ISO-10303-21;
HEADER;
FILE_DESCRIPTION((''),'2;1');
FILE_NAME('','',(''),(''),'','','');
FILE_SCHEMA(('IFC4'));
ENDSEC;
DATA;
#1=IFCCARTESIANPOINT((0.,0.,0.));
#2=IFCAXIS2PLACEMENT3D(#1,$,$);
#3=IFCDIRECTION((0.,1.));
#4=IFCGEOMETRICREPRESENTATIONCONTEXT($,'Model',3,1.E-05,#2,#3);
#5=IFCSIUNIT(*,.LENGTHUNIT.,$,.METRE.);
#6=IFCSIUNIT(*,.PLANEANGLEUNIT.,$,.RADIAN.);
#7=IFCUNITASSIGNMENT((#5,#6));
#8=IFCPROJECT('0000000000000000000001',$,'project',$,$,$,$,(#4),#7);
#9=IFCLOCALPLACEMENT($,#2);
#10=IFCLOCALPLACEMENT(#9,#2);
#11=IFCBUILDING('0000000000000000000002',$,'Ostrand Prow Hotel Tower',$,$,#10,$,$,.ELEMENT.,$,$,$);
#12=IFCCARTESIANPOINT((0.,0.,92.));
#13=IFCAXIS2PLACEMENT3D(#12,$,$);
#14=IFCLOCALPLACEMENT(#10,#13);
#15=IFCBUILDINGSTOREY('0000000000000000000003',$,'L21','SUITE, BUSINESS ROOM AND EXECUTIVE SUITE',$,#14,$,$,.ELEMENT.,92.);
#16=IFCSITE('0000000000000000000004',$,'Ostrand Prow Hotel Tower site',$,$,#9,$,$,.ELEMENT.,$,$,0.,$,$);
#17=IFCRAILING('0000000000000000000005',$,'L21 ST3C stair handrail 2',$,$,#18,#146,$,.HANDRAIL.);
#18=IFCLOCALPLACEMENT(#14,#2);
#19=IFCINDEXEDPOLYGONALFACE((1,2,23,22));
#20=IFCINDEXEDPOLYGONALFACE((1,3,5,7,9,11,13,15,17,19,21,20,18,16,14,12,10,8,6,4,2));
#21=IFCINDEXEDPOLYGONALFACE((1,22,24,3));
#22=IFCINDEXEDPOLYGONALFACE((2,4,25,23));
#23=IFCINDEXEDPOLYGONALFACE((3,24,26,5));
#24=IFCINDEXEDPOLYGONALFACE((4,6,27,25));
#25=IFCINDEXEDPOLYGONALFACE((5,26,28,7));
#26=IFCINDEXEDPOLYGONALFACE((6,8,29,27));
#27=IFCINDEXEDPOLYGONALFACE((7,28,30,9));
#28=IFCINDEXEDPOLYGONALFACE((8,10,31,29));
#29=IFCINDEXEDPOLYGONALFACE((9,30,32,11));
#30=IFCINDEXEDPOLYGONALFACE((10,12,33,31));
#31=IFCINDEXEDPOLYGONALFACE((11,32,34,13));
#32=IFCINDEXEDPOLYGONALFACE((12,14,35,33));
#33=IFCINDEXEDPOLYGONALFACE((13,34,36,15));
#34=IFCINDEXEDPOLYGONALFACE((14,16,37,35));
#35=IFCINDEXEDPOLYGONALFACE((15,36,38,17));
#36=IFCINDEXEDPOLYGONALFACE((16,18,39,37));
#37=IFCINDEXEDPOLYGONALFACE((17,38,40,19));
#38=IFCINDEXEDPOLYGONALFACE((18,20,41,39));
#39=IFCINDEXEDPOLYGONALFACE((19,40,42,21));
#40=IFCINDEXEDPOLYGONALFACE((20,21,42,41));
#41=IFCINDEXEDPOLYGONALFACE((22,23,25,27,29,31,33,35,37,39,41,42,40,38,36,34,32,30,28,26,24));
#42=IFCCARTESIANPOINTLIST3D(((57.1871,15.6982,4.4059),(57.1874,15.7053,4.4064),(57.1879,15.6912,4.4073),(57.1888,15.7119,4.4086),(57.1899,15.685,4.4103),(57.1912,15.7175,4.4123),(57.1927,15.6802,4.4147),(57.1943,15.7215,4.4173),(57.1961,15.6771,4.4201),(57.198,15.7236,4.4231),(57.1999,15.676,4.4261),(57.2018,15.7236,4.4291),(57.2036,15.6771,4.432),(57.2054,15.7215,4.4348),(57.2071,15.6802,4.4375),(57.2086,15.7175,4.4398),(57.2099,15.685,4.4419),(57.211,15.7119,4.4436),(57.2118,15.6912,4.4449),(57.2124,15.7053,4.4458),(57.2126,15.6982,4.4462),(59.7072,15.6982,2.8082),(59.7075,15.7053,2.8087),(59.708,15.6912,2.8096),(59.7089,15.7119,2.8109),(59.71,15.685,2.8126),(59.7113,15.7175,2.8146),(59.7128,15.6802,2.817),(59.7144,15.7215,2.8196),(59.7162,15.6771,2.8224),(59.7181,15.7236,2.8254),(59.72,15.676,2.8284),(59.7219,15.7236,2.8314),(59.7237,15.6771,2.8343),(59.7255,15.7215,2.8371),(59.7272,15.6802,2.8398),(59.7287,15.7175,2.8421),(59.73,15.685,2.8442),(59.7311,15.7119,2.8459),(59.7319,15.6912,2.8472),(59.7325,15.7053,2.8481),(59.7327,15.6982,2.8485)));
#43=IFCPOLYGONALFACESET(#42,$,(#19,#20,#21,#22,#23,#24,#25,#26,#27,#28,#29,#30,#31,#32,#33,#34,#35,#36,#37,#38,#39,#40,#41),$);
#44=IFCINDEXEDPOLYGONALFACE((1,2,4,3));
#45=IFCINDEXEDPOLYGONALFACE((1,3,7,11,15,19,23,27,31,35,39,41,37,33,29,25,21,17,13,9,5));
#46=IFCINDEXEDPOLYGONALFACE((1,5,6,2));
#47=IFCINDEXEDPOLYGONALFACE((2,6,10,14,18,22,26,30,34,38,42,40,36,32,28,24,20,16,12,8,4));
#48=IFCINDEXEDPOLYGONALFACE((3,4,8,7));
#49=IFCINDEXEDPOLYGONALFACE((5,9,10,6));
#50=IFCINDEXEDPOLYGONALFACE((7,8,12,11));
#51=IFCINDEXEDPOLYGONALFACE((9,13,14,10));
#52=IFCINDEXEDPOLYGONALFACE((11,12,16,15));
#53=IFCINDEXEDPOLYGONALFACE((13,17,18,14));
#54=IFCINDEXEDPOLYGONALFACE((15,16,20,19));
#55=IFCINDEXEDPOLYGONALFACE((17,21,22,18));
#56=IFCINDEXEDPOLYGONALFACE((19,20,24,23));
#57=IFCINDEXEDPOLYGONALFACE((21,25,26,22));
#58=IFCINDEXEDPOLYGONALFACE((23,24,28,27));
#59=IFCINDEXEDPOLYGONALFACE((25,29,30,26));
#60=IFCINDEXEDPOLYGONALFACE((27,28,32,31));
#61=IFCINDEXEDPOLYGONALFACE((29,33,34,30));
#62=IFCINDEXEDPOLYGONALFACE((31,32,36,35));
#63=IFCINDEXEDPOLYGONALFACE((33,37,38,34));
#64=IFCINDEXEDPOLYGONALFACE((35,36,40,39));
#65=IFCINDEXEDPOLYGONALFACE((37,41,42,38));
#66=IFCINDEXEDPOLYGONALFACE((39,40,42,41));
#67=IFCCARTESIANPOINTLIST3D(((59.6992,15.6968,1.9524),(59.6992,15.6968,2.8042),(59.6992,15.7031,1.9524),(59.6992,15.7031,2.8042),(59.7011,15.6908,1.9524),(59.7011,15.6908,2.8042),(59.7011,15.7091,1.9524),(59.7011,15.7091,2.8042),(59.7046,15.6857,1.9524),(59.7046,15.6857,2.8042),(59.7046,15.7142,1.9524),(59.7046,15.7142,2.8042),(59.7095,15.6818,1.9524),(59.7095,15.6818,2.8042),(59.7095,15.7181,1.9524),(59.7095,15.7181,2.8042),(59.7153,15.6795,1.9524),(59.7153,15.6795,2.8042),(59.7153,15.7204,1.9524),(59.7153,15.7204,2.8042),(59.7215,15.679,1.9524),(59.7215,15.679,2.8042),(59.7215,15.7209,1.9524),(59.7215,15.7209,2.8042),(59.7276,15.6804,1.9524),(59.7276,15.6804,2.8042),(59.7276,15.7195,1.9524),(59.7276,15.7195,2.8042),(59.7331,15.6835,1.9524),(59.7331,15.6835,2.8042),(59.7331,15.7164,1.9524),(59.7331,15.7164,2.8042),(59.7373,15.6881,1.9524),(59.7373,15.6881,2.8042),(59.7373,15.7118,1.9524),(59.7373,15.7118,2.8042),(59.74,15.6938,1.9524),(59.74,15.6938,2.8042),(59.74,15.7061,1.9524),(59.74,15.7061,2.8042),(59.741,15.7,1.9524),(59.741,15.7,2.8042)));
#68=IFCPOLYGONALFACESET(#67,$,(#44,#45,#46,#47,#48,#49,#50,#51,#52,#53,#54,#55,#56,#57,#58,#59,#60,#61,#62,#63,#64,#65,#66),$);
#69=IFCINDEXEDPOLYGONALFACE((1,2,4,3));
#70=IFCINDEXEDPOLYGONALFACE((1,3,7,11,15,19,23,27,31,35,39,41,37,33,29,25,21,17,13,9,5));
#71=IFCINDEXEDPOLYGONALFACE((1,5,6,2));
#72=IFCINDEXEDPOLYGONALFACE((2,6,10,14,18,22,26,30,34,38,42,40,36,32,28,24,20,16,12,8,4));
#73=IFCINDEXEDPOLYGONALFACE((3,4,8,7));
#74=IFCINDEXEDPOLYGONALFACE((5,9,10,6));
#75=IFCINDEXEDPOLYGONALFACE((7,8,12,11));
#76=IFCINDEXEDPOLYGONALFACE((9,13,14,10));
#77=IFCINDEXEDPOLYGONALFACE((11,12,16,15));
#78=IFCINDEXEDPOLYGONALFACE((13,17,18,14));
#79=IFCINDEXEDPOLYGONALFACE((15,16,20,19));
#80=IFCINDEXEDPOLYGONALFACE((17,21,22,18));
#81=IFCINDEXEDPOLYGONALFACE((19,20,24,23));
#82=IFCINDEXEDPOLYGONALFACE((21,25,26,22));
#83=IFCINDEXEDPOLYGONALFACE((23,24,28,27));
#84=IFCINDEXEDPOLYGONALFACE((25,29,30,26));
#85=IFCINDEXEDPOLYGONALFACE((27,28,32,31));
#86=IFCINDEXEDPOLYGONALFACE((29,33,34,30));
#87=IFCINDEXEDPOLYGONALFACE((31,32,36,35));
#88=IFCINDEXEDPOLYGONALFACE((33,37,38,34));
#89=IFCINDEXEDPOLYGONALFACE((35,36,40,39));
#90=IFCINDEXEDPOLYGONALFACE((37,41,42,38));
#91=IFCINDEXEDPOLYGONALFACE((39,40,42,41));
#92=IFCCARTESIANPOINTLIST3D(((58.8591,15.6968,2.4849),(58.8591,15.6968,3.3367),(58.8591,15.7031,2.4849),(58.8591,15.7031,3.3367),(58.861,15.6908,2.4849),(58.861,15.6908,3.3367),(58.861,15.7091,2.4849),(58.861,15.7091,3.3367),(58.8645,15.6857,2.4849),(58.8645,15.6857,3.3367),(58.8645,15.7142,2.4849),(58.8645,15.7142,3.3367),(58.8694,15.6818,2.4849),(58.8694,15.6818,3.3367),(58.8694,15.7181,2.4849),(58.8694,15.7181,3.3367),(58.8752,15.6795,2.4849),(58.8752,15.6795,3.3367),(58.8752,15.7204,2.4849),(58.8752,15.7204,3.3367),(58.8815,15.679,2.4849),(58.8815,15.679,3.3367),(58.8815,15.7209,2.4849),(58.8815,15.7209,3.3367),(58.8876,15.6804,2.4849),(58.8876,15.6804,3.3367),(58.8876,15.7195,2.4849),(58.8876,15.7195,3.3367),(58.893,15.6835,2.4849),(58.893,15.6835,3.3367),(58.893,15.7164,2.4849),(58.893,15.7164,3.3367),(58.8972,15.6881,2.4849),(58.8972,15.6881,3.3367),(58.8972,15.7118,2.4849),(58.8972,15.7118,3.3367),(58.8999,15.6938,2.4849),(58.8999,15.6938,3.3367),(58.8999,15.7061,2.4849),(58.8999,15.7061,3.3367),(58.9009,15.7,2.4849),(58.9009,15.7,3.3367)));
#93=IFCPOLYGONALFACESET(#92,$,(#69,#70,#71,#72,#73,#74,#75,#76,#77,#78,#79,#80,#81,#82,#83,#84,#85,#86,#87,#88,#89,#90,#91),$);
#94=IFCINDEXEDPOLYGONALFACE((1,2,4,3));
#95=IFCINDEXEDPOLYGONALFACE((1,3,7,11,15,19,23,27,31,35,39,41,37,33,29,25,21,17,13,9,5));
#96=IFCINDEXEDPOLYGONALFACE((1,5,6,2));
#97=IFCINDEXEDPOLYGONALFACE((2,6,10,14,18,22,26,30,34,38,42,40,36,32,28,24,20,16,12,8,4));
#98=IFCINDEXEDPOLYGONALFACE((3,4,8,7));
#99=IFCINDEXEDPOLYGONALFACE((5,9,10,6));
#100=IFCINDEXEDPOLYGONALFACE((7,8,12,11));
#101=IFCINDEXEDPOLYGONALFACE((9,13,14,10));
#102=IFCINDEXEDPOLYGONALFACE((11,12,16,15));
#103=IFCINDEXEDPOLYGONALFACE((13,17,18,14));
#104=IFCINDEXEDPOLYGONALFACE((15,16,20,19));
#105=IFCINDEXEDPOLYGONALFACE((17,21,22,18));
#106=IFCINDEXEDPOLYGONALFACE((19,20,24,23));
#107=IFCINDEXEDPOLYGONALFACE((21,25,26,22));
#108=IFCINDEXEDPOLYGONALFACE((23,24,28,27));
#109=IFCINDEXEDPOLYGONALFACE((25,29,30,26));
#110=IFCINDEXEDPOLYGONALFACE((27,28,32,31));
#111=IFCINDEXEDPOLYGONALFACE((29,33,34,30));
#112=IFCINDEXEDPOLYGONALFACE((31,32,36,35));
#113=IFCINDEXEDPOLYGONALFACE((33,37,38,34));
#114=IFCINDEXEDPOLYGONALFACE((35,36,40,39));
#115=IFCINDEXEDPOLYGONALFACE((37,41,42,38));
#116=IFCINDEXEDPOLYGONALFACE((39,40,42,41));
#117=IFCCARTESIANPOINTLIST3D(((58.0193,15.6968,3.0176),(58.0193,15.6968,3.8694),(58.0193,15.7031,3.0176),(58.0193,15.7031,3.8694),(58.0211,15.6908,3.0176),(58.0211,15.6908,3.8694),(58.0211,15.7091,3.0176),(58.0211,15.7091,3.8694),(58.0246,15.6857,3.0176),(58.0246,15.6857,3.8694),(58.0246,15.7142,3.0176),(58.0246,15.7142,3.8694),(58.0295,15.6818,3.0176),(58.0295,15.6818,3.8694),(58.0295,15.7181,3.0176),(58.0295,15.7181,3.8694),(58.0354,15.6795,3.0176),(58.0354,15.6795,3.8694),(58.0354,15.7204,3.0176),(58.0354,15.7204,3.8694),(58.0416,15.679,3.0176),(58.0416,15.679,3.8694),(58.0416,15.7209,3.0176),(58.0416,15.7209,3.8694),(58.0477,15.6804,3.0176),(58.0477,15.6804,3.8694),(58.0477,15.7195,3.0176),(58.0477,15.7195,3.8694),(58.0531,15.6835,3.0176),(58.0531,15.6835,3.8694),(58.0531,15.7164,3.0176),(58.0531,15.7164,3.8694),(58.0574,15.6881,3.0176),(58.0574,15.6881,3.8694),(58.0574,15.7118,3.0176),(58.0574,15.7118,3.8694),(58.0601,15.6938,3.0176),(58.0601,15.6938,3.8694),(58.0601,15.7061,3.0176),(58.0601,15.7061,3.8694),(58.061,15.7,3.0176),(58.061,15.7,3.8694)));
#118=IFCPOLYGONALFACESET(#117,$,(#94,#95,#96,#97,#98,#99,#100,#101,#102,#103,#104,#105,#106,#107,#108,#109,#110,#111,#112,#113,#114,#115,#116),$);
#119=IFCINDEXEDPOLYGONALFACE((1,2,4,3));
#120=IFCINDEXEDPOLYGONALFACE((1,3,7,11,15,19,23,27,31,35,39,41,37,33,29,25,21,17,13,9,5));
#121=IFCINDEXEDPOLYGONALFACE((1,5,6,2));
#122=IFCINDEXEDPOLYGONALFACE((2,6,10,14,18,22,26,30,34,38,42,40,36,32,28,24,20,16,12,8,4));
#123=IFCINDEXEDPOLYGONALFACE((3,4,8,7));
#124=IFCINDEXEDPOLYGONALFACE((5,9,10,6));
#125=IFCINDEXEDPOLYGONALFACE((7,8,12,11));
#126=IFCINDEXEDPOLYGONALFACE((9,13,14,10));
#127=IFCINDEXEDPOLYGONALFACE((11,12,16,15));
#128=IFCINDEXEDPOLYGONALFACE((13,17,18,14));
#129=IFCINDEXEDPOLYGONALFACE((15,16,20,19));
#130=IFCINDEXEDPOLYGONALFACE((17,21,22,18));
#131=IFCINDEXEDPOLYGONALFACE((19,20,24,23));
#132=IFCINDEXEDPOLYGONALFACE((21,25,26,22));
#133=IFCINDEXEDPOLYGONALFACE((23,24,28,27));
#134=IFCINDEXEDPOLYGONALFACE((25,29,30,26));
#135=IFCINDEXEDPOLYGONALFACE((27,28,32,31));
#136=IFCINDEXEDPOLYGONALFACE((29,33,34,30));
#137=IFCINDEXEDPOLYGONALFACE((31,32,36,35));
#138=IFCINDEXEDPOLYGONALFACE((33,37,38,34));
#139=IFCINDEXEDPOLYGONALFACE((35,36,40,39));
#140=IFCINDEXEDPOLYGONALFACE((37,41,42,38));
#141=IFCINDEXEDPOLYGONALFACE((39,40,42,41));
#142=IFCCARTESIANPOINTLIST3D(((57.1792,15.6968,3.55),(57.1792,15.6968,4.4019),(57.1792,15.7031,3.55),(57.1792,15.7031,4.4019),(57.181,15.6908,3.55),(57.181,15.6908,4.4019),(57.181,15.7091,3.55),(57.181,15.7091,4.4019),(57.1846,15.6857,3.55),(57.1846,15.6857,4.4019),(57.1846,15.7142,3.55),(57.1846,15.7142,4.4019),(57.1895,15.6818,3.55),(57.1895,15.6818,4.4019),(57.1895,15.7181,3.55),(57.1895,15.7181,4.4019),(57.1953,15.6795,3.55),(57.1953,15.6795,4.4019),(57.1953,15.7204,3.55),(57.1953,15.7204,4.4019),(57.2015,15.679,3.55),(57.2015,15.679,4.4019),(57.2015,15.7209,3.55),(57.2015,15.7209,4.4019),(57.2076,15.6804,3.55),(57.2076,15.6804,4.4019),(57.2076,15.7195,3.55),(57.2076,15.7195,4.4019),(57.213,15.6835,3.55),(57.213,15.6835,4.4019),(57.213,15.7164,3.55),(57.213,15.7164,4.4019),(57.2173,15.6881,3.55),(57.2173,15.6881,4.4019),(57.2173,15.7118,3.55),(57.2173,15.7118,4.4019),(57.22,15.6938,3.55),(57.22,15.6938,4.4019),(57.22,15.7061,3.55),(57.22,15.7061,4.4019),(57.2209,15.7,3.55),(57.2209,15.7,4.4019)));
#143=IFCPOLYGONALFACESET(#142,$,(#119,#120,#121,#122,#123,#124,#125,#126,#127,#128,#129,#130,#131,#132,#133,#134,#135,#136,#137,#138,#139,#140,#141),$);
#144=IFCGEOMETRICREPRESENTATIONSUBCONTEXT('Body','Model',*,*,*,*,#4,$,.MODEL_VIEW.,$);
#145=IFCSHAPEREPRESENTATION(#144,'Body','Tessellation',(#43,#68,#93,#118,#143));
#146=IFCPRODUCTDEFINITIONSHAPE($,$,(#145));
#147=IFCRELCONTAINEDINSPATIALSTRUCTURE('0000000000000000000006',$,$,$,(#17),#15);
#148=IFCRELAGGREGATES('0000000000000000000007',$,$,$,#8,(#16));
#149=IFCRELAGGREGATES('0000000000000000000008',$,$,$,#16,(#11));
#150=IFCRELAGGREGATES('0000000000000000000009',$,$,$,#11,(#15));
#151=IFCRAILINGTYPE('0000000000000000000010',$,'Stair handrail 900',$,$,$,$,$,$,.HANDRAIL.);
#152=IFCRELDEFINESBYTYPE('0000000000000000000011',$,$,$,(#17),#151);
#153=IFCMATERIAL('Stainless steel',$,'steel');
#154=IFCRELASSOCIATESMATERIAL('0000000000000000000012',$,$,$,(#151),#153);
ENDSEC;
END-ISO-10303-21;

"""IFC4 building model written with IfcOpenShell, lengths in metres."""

from ifc_helpers import new_model, si_unit, direction, frame, origin, origin_2d, place, context, subcontext, project, spatial, circle, extrude, material, type_object, element, save


model = new_model("IFC4")

# Units and contexts
model_context = context("Model", 3, precision=1e-05, world=origin(), true_north=direction((0.0, 1.0)))
body_context = subcontext(model_context, "Body", "Model", "MODEL_VIEW")
ifc_project = project(units=[si_unit("LENGTHUNIT", "METRE"), si_unit("PLANEANGLEUNIT", "RADIAN")], contexts=[model_context])

# Site, building, storey
site_placement = place(None, origin())
site = spatial("IfcSite", under=ifc_project, at=site_placement, Name="Ostrand Prow Hotel Tower site", CompositionType="ELEMENT", RefElevation=0.0)
building_placement = place(site_placement, origin())
building = spatial("IfcBuilding", under=site, at=building_placement, Name="Ostrand Prow Hotel Tower", CompositionType="ELEMENT")
storey_placement = place(building_placement, frame((0.0, 0.0, 92.0)))
storey = spatial("IfcBuildingStorey", under=building, at=storey_placement, Name="L21", Description="SUITE, BUSINESS ROOM AND EXECUTIVE SUITE", CompositionType="ELEMENT", Elevation=92.0)

# Railing
ifc_material_1 = material(Name="Stainless steel", Category="steel")
railing_type_1 = type_object("IfcRailingType", Name="Stair handrail 900", PredefinedType="HANDRAIL", material=ifc_material_1)
railing_1_placement = place(storey_placement, frame((59.72, 15.7, 1.9524)))
element("IfcRailing", 1, at=railing_1_placement, inside=storey, type_object=railing_type_1, Name="L21 ST3C stair handrail 2", PredefinedType="HANDRAIL", context=body_context, shape_type="SweptSolid", body=[
    extrude(circle(Radius=0.0239, at=origin_2d()), frame((0.0, 0.0, 0.876), z_axis=(-0.84457, 0.0, 0.535445), x_axis=(0.0, -1.0, 0.0)), (0.0, 0.0, 1.0), 2.9839),
    extrude(circle(Radius=0.021, at=origin_2d()), origin(), (0.0, 0.0, 1.0), 0.8518),
    extrude(circle(Radius=0.021, at=origin_2d()), frame((-0.8401, 0.0, 0.5325)), (0.0, 0.0, 1.0), 0.8518),
    extrude(circle(Radius=0.021, at=origin_2d()), frame((-1.6799, 0.0, 1.0652)), (0.0, 0.0, 1.0), 0.8518),
    extrude(circle(Radius=0.021, at=origin_2d()), frame((-2.52, 0.0, 1.5977)), (0.0, 0.0, 1.0), 0.8518),
])

save(model, "model.ifc")
